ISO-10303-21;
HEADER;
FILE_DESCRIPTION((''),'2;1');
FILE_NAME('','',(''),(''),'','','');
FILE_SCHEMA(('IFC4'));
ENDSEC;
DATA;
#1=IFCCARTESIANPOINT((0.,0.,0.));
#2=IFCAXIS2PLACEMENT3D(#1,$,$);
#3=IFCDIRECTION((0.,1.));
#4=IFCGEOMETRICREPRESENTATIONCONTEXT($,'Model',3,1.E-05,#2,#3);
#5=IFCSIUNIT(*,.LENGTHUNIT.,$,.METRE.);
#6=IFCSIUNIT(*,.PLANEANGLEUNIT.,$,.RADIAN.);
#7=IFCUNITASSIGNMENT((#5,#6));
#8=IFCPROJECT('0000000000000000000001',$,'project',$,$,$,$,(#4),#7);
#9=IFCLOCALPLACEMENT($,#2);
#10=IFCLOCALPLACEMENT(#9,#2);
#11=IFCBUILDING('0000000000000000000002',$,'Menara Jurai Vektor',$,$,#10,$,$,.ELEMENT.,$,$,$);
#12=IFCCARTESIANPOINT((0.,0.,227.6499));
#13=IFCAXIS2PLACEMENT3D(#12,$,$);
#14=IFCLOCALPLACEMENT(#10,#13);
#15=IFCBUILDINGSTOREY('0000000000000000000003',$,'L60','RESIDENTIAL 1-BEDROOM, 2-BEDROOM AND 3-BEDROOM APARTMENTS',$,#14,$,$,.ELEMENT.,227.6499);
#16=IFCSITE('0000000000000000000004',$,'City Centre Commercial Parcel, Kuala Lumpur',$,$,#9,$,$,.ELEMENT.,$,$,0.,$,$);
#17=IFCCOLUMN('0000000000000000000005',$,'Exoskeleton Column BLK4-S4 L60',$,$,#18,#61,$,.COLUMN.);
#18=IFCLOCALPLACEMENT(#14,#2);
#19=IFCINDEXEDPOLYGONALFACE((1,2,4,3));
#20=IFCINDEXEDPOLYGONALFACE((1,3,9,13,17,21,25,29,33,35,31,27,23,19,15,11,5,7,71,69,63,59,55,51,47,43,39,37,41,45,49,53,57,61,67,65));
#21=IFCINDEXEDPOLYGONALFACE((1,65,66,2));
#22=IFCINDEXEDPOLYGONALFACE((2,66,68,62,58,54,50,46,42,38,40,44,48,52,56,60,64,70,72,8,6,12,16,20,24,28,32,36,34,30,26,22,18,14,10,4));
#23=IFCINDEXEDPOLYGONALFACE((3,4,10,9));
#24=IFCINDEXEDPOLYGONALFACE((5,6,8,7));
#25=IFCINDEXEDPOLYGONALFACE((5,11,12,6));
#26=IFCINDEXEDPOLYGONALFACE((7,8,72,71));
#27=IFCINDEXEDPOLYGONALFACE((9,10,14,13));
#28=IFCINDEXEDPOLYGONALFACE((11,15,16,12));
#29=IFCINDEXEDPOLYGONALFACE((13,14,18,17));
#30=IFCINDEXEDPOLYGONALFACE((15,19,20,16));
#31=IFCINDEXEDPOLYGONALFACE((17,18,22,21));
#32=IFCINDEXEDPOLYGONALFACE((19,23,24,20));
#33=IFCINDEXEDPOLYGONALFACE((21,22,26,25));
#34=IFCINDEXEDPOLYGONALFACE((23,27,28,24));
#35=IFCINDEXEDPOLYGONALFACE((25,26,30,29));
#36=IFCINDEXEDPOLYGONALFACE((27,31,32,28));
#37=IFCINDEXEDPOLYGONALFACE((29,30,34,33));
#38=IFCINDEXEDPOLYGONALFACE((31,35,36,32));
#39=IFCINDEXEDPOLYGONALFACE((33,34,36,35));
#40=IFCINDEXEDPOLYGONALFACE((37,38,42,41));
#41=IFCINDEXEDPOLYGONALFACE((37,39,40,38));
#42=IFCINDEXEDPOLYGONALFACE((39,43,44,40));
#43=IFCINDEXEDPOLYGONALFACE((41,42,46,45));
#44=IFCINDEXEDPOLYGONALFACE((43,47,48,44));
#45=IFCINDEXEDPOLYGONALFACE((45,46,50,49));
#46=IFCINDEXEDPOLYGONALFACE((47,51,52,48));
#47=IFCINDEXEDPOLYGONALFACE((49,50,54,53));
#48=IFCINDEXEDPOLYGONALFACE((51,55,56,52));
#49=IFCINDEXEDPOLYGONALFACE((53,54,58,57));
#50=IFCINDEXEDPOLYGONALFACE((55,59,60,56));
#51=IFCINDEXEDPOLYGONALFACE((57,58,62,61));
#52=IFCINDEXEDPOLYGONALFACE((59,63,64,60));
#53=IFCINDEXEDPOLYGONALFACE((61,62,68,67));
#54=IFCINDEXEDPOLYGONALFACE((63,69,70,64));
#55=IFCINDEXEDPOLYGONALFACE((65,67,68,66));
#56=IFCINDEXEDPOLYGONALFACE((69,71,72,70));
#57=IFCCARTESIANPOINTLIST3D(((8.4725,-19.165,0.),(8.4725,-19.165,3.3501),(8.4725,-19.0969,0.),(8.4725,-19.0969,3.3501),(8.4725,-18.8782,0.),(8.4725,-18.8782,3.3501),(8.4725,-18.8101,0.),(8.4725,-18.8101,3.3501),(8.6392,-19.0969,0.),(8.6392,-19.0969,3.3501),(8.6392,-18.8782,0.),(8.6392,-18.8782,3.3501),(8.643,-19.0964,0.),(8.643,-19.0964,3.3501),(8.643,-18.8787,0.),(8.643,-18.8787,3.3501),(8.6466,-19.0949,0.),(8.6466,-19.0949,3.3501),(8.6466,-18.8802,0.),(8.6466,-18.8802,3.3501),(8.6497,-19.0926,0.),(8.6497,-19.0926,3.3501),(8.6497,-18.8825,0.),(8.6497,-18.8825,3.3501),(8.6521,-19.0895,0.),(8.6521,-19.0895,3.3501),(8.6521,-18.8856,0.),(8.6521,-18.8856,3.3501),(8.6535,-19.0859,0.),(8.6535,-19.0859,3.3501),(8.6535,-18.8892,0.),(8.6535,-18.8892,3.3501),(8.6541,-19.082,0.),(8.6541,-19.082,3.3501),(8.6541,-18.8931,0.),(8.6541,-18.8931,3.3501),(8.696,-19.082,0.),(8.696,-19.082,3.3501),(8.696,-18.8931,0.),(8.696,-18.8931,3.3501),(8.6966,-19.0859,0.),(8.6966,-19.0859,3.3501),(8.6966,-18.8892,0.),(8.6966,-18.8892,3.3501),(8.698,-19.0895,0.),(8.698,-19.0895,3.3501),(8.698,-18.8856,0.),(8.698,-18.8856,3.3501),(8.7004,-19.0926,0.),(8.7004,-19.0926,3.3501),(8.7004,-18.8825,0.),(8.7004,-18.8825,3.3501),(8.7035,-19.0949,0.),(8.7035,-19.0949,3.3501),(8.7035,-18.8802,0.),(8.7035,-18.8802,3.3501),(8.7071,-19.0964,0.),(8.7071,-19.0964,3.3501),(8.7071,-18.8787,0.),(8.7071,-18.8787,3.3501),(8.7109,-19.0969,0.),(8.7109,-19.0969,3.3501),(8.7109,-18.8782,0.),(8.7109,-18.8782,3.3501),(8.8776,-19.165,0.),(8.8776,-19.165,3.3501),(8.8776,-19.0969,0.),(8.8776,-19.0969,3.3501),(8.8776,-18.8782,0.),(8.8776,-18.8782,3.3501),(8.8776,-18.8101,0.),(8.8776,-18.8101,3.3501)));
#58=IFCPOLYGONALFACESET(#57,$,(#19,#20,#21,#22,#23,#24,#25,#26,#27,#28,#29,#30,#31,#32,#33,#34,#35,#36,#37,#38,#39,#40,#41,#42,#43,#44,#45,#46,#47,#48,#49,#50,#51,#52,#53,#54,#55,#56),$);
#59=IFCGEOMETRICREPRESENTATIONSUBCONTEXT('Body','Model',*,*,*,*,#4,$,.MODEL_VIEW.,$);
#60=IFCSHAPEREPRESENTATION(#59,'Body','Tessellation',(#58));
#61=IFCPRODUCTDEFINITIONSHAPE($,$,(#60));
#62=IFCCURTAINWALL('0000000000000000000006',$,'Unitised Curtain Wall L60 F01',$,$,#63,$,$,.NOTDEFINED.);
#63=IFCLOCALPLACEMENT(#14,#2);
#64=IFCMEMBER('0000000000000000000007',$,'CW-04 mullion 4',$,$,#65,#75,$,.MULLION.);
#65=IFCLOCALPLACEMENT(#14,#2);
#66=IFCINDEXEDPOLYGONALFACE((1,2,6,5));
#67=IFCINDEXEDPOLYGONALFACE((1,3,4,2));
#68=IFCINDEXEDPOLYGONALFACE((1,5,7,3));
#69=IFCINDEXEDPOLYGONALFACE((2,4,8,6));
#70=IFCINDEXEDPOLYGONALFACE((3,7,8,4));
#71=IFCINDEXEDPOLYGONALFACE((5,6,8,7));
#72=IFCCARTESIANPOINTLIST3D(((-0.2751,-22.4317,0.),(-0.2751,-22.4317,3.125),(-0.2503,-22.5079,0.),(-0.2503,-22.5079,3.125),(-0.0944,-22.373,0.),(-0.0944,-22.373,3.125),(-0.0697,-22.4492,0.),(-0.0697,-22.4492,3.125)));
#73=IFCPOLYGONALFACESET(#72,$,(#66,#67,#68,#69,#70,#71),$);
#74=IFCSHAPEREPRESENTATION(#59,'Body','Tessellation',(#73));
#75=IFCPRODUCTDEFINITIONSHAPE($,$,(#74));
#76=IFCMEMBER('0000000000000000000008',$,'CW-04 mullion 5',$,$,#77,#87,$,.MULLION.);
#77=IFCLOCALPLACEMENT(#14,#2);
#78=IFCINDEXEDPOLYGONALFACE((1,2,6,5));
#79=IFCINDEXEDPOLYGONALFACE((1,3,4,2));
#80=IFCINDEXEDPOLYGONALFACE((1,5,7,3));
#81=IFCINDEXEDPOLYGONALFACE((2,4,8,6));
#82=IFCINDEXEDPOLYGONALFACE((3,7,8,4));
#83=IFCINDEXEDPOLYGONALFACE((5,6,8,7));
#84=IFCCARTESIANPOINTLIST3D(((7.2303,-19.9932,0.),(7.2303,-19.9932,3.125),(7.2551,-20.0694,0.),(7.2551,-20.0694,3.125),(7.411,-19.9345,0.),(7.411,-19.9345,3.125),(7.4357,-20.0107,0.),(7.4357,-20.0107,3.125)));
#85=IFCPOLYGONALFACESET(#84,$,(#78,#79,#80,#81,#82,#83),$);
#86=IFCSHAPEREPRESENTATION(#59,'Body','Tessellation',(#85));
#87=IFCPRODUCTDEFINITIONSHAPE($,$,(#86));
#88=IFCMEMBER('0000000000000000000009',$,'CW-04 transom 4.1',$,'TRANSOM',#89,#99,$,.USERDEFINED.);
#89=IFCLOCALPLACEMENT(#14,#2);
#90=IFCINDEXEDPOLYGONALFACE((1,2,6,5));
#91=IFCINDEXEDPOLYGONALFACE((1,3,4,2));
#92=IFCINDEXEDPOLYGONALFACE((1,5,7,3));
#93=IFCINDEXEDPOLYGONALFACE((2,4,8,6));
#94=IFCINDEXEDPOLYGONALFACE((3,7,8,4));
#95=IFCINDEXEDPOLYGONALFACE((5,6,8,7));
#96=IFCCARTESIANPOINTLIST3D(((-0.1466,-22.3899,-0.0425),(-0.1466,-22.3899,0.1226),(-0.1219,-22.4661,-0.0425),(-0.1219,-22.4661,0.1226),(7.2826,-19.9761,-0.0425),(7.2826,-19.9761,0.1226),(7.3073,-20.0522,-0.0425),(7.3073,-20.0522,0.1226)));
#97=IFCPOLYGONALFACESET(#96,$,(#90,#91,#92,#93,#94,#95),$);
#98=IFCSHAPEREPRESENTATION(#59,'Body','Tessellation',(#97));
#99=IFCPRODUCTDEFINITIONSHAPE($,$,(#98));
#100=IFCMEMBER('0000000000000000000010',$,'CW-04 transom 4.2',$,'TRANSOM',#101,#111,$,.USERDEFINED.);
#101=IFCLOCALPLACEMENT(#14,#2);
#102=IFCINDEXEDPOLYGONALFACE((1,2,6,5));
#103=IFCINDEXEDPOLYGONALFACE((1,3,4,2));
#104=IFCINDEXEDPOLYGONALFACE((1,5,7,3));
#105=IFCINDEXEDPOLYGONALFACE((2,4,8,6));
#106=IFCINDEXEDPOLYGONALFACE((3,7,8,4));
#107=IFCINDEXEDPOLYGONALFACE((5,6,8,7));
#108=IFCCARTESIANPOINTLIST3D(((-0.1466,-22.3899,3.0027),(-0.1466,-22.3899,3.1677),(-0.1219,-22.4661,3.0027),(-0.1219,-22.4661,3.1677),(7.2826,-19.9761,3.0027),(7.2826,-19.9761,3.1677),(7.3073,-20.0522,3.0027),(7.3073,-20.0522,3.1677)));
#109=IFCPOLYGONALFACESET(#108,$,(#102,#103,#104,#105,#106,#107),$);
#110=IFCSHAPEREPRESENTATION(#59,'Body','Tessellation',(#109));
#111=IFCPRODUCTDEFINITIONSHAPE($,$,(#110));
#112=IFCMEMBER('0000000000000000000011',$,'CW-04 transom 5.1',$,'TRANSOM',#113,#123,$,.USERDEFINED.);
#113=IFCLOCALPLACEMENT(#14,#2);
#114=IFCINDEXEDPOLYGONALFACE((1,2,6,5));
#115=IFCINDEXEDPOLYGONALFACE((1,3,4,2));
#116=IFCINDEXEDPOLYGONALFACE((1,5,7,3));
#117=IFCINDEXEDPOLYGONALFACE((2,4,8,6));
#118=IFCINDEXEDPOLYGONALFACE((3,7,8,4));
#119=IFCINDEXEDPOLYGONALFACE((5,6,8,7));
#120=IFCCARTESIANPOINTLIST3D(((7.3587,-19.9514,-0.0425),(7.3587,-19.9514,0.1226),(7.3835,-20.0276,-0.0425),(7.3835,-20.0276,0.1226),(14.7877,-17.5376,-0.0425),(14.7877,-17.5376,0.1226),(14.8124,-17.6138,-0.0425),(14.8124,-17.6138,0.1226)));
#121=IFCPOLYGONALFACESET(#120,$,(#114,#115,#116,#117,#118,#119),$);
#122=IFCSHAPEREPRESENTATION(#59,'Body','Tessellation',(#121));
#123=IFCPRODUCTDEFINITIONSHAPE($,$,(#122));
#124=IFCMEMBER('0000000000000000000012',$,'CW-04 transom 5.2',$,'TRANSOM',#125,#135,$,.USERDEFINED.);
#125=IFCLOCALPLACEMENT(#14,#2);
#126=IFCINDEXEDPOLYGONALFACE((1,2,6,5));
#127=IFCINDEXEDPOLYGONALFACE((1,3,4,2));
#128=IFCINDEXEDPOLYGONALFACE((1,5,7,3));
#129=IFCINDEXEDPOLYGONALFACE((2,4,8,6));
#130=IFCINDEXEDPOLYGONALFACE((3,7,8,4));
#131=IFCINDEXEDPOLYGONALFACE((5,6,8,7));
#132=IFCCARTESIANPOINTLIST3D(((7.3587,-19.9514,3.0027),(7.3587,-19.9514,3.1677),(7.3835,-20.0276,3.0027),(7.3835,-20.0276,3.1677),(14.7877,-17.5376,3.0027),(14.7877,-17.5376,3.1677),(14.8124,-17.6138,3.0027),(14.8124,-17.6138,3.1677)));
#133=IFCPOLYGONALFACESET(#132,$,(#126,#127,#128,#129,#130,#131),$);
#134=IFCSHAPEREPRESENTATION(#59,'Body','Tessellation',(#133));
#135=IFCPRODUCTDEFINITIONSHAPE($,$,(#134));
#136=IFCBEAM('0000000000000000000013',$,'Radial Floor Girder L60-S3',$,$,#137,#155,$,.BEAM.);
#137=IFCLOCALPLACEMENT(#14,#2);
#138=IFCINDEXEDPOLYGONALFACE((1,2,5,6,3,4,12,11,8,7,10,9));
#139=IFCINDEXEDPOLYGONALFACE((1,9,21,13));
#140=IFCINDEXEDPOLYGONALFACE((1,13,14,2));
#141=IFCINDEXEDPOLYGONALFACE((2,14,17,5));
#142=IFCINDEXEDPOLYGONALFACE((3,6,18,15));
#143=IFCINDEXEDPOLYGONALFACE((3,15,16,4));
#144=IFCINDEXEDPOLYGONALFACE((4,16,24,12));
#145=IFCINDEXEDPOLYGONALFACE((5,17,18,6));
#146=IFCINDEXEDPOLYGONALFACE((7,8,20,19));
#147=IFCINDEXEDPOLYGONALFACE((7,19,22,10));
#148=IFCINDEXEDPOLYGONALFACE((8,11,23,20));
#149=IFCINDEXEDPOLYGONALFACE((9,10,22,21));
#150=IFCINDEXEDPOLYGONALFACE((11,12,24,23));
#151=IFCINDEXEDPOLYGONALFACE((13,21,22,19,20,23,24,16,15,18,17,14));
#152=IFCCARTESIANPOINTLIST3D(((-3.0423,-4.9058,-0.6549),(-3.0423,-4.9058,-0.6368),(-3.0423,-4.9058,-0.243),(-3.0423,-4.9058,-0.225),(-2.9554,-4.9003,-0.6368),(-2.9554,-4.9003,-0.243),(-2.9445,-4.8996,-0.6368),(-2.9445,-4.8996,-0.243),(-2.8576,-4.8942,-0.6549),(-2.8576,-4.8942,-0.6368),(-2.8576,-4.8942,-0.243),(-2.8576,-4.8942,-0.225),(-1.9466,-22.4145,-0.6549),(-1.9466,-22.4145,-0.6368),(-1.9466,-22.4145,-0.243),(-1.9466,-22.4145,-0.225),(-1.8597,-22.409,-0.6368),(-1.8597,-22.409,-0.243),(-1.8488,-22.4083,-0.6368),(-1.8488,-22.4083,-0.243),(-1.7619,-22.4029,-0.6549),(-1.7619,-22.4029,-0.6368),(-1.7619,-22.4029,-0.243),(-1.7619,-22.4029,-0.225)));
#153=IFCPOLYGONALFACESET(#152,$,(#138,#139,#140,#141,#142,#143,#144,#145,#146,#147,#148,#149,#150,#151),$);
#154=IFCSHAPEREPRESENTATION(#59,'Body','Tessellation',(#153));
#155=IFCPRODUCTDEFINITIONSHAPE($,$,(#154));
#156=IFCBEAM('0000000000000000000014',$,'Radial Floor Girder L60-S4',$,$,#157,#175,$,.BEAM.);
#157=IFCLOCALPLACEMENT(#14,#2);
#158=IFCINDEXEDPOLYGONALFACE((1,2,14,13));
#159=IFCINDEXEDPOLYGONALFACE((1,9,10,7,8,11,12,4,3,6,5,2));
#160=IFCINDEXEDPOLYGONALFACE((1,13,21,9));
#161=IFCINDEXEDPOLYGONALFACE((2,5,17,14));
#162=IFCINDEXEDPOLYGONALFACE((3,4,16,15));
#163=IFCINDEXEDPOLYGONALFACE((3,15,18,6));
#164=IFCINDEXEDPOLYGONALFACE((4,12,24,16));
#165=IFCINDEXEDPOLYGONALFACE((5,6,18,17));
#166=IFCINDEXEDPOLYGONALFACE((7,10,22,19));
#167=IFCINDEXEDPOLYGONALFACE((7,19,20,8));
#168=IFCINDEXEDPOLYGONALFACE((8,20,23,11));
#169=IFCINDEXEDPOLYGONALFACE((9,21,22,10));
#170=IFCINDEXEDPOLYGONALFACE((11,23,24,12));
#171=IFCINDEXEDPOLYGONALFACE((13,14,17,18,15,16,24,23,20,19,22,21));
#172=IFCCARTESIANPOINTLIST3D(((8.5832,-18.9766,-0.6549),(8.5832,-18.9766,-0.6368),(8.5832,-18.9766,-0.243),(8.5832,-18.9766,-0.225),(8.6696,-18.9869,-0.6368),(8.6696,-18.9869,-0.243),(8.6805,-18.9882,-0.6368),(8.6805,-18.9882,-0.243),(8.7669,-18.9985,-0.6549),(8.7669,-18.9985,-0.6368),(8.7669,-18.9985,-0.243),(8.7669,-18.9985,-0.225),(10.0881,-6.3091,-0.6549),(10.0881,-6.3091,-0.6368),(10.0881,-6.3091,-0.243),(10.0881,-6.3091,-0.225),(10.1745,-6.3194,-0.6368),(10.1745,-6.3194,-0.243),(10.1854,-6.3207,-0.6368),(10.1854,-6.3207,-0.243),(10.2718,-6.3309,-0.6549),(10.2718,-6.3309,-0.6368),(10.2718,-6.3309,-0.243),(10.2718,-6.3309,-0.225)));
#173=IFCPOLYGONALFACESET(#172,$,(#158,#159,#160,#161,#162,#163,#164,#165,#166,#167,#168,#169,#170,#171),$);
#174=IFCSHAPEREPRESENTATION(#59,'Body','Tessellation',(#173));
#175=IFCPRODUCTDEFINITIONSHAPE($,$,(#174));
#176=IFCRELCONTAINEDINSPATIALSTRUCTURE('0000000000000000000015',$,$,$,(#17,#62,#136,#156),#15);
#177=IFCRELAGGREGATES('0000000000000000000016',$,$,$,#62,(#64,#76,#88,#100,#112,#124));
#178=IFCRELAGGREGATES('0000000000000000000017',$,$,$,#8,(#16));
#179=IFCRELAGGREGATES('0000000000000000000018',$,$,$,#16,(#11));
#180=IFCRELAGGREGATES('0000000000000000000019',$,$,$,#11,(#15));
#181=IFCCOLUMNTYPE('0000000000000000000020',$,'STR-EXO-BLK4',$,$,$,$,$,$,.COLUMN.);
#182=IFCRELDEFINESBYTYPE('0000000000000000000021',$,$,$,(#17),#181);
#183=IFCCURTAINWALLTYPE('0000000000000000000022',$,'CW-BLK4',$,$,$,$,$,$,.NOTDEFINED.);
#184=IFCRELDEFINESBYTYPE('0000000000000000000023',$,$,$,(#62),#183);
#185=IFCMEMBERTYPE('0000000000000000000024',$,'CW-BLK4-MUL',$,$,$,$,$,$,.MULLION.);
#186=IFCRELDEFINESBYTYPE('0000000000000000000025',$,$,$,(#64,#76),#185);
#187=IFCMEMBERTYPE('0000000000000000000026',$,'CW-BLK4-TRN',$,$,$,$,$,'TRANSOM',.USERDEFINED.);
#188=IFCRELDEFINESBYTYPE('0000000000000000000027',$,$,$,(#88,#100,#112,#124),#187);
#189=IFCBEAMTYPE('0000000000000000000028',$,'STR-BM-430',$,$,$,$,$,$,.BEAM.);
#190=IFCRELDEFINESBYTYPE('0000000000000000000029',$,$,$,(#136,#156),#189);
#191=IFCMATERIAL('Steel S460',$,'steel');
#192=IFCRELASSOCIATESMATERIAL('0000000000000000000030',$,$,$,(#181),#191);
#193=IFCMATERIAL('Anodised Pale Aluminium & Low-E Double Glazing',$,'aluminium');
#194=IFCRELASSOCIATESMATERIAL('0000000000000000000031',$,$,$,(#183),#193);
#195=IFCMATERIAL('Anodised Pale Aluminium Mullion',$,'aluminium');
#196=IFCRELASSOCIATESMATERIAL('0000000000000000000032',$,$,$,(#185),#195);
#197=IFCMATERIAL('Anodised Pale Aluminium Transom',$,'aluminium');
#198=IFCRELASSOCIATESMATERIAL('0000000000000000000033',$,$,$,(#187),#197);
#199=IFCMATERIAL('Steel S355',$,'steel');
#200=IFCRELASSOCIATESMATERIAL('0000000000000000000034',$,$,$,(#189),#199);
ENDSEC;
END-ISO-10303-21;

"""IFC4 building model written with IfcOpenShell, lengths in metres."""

from ifc_helpers import new_model, si_unit, direction, frame, origin, origin_2d, place, context, subcontext, project, spatial, rectangle, i_section, extrude, material, material_profile, profile_set, type_object, element, aggregate, save


model = new_model("IFC4")

# Units and contexts
model_context = context("Model", 3, precision=1e-05, world=origin(), true_north=direction((0.0, 1.0)))
body_context = subcontext(model_context, "Body", "Model", "MODEL_VIEW")
ifc_project = project(units=[si_unit("LENGTHUNIT", "METRE"), si_unit("PLANEANGLEUNIT", "RADIAN")], contexts=[model_context])

# Site, building, storey
site_placement = place(None, origin())
site = spatial("IfcSite", under=ifc_project, at=site_placement, Name="City Centre Commercial Parcel, Kuala Lumpur", CompositionType="ELEMENT", RefElevation=0.0)
building_placement = place(site_placement, origin())
building = spatial("IfcBuilding", under=site, at=building_placement, Name="Menara Jurai Vektor", CompositionType="ELEMENT")
storey_placement = place(building_placement, frame((0.0, 0.0, 227.6499)))
storey = spatial("IfcBuildingStorey", under=building, at=storey_placement, Name="L60", Description="RESIDENTIAL 1-BEDROOM, 2-BEDROOM AND 3-BEDROOM APARTMENTS", CompositionType="ELEMENT", Elevation=227.6499)

# Column
ifc_material_1 = material(Name="Steel S460", Category="steel")
ifc_material_profile_1 = material_profile(ifc_material_1, i_section(OverallWidth=0.405, OverallDepth=0.355, WebThickness=0.042, FlangeThickness=0.0681, FilletRadius=0.0149, at=origin_2d()), Name="HD 400x551")
ifc_profile_set_1 = profile_set([ifc_material_profile_1], Name="Steel S460")
column_type = type_object("IfcColumnType", Name="STR-EXO-BLK4", PredefinedType="COLUMN", material=ifc_profile_set_1)
column_placement = place(storey_placement, frame((8.675, -18.9875, 0.0), z_axis=(0.0, 0.0, 1.0), x_axis=(1.0, 0.0, 0.0)))
element("IfcColumn", 1, at=column_placement, inside=storey, type_object=column_type, Name="Exoskeleton Column BLK4-S4 L60", PredefinedType="COLUMN", context=body_context, shape_type="SweptSolid", body=[
    extrude(i_section(OverallWidth=0.405, OverallDepth=0.355, WebThickness=0.042, FlangeThickness=0.0681, FilletRadius=0.0149, at=origin_2d()), origin(), (0.0, 0.0, 1.0), 3.3501),
])

# Curtain wall, members
ifc_material_2 = material(Name="Anodised Pale Aluminium & Low-E Double Glazing", Category="aluminium")
curtain_wall_type = type_object("IfcCurtainWallType", Name="CW-BLK4", PredefinedType="NOTDEFINED", material=ifc_material_2)
curtain_wall_placement = place(storey_placement, origin())
curtain_wall = element("IfcCurtainWall", 2, at=curtain_wall_placement, inside=storey, type_object=curtain_wall_type, Name="Unitised Curtain Wall L60 F01", PredefinedType="NOTDEFINED")
ifc_material_3 = material(Name="Anodised Pale Aluminium Mullion", Category="aluminium")
ifc_material_profile_2 = material_profile(ifc_material_3, rectangle(XDim=0.0801, YDim=0.1899, at=origin_2d()), Name="ALU MUL 80x190")
ifc_profile_set_2 = profile_set([ifc_material_profile_2], Name="Anodised Pale Aluminium Mullion")
member_type_1 = type_object("IfcMemberType", Name="CW-BLK4-MUL", PredefinedType="MULLION", material=ifc_profile_set_2)
member_1_placement = place(storey_placement, frame((-0.1724, -22.4404, 0.0), z_axis=(0.0, 0.0, 1.0), x_axis=(-0.309017, 0.951056, 0.0)))
member_1 = element("IfcMember", 3, at=member_1_placement, type_object=member_type_1, Name="CW-04 mullion 4", PredefinedType="MULLION", context=body_context, shape_type="SweptSolid", body=[
    extrude(rectangle(XDim=0.0801, YDim=0.1899, at=origin_2d()), origin(), (0.0, 0.0, 1.0), 3.125),
])
member_2_placement = place(storey_placement, frame((7.333, -20.002, 0.0), z_axis=(0.0, 0.0, 1.0), x_axis=(-0.309017, 0.951056, 0.0)))
member_2 = element("IfcMember", 4, at=member_2_placement, type_object=member_type_1, Name="CW-04 mullion 5", PredefinedType="MULLION", context=body_context, shape_type="SweptSolid", body=[
    extrude(rectangle(XDim=0.0801, YDim=0.1899, at=origin_2d()), origin(), (0.0, 0.0, 1.0), 3.125),
])
ifc_material_4 = material(Name="Anodised Pale Aluminium Transom", Category="aluminium")
ifc_material_profile_3 = material_profile(ifc_material_4, rectangle(XDim=0.0801, YDim=0.165, at=origin_2d()), Name="ALU TRN 80x165")
ifc_profile_set_3 = profile_set([ifc_material_profile_3], Name="Anodised Pale Aluminium Transom")
member_type_2 = type_object("IfcMemberType", Name="CW-BLK4-TRN", ElementType="TRANSOM", PredefinedType="USERDEFINED", material=ifc_profile_set_3)
member_3_placement = place(storey_placement, frame((-0.1343, -22.428, 0.04), z_axis=(0.951059, 0.309008, 0.0), x_axis=(-0.309008, 0.951059, 0.0)))
member_3 = element("IfcMember", 5, at=member_3_placement, type_object=member_type_2, Name="CW-04 transom 4.1", ObjectType="TRANSOM", PredefinedType="USERDEFINED", context=body_context, shape_type="SweptSolid", body=[
    extrude(rectangle(XDim=0.0801, YDim=0.165, at=origin_2d()), origin(), (0.0, 0.0, 1.0), 7.8115),
])
member_4_placement = place(storey_placement, frame((-0.1343, -22.428, 3.0852), z_axis=(0.951059, 0.309008, 0.0), x_axis=(-0.309008, 0.951059, 0.0)))
member_4 = element("IfcMember", 6, at=member_4_placement, type_object=member_type_2, Name="CW-04 transom 4.2", ObjectType="TRANSOM", PredefinedType="USERDEFINED", context=body_context, shape_type="SweptSolid", body=[
    extrude(rectangle(XDim=0.0801, YDim=0.165, at=origin_2d()), origin(), (0.0, 0.0, 1.0), 7.8115),
])
member_5_placement = place(storey_placement, frame((7.3711, -19.9895, 0.04), z_axis=(0.951056, 0.309018, 0.0), x_axis=(-0.309018, 0.951056, 0.0)))
member_5 = element("IfcMember", 7, at=member_5_placement, type_object=member_type_2, Name="CW-04 transom 5.1", ObjectType="TRANSOM", PredefinedType="USERDEFINED", context=body_context, shape_type="SweptSolid", body=[
    extrude(rectangle(XDim=0.0801, YDim=0.165, at=origin_2d()), origin(), (0.0, 0.0, 1.0), 7.8113),
])
member_6_placement = place(storey_placement, frame((7.3711, -19.9895, 3.0852), z_axis=(0.951056, 0.309018, 0.0), x_axis=(-0.309018, 0.951056, 0.0)))
member_6 = element("IfcMember", 8, at=member_6_placement, type_object=member_type_2, Name="CW-04 transom 5.2", ObjectType="TRANSOM", PredefinedType="USERDEFINED", context=body_context, shape_type="SweptSolid", body=[
    extrude(rectangle(XDim=0.0801, YDim=0.165, at=origin_2d()), origin(), (0.0, 0.0, 1.0), 7.8113),
])

# Beams
ifc_material_5 = material(Name="Steel S355", Category="steel")
ifc_material_profile_4 = material_profile(ifc_material_5, i_section(OverallWidth=0.1851, OverallDepth=0.4299, WebThickness=0.011, FlangeThickness=0.0181, at=origin_2d()), Name="PG 430x185x76")
ifc_profile_set_4 = profile_set([ifc_material_profile_4], Name="Steel S355")
beam_type_1 = type_object("IfcBeamType", Name="STR-BM-430", PredefinedType="BEAM", material=ifc_profile_set_4)
beam_1_placement = place(storey_placement, frame((-1.8542, -22.4087, -0.4399), z_axis=(-0.062458, 0.998048, 0.0), x_axis=(-0.998048, -0.062458, 0.0)))
element("IfcBeam", 9, at=beam_1_placement, inside=storey, type_object=beam_type_1, Name="Radial Floor Girder L60-S3", PredefinedType="BEAM", context=body_context, shape_type="SweptSolid", body=[
    extrude(i_section(OverallWidth=0.1851, OverallDepth=0.4299, WebThickness=0.011, FlangeThickness=0.0181, at=origin_2d()), origin(), (0.0, 0.0, 1.0), 17.543),
])
beam_2_placement = place(storey_placement, frame((8.675, -18.9875, -0.4399), z_axis=(0.117969, 0.993017, 0.0), x_axis=(-0.993017, 0.117969, 0.0)))
element("IfcBeam", 10, at=beam_2_placement, inside=storey, type_object=beam_type_1, Name="Radial Floor Girder L60-S4", PredefinedType="BEAM", context=body_context, shape_type="SweptSolid", body=[
    extrude(i_section(OverallWidth=0.1851, OverallDepth=0.4299, WebThickness=0.011, FlangeThickness=0.0181, at=origin_2d()), origin(), (0.0, 0.0, 1.0), 12.7566),
])

aggregate(curtain_wall, [member_1, member_2, member_3, member_4, member_5, member_6])

save(model, "model.ifc")
